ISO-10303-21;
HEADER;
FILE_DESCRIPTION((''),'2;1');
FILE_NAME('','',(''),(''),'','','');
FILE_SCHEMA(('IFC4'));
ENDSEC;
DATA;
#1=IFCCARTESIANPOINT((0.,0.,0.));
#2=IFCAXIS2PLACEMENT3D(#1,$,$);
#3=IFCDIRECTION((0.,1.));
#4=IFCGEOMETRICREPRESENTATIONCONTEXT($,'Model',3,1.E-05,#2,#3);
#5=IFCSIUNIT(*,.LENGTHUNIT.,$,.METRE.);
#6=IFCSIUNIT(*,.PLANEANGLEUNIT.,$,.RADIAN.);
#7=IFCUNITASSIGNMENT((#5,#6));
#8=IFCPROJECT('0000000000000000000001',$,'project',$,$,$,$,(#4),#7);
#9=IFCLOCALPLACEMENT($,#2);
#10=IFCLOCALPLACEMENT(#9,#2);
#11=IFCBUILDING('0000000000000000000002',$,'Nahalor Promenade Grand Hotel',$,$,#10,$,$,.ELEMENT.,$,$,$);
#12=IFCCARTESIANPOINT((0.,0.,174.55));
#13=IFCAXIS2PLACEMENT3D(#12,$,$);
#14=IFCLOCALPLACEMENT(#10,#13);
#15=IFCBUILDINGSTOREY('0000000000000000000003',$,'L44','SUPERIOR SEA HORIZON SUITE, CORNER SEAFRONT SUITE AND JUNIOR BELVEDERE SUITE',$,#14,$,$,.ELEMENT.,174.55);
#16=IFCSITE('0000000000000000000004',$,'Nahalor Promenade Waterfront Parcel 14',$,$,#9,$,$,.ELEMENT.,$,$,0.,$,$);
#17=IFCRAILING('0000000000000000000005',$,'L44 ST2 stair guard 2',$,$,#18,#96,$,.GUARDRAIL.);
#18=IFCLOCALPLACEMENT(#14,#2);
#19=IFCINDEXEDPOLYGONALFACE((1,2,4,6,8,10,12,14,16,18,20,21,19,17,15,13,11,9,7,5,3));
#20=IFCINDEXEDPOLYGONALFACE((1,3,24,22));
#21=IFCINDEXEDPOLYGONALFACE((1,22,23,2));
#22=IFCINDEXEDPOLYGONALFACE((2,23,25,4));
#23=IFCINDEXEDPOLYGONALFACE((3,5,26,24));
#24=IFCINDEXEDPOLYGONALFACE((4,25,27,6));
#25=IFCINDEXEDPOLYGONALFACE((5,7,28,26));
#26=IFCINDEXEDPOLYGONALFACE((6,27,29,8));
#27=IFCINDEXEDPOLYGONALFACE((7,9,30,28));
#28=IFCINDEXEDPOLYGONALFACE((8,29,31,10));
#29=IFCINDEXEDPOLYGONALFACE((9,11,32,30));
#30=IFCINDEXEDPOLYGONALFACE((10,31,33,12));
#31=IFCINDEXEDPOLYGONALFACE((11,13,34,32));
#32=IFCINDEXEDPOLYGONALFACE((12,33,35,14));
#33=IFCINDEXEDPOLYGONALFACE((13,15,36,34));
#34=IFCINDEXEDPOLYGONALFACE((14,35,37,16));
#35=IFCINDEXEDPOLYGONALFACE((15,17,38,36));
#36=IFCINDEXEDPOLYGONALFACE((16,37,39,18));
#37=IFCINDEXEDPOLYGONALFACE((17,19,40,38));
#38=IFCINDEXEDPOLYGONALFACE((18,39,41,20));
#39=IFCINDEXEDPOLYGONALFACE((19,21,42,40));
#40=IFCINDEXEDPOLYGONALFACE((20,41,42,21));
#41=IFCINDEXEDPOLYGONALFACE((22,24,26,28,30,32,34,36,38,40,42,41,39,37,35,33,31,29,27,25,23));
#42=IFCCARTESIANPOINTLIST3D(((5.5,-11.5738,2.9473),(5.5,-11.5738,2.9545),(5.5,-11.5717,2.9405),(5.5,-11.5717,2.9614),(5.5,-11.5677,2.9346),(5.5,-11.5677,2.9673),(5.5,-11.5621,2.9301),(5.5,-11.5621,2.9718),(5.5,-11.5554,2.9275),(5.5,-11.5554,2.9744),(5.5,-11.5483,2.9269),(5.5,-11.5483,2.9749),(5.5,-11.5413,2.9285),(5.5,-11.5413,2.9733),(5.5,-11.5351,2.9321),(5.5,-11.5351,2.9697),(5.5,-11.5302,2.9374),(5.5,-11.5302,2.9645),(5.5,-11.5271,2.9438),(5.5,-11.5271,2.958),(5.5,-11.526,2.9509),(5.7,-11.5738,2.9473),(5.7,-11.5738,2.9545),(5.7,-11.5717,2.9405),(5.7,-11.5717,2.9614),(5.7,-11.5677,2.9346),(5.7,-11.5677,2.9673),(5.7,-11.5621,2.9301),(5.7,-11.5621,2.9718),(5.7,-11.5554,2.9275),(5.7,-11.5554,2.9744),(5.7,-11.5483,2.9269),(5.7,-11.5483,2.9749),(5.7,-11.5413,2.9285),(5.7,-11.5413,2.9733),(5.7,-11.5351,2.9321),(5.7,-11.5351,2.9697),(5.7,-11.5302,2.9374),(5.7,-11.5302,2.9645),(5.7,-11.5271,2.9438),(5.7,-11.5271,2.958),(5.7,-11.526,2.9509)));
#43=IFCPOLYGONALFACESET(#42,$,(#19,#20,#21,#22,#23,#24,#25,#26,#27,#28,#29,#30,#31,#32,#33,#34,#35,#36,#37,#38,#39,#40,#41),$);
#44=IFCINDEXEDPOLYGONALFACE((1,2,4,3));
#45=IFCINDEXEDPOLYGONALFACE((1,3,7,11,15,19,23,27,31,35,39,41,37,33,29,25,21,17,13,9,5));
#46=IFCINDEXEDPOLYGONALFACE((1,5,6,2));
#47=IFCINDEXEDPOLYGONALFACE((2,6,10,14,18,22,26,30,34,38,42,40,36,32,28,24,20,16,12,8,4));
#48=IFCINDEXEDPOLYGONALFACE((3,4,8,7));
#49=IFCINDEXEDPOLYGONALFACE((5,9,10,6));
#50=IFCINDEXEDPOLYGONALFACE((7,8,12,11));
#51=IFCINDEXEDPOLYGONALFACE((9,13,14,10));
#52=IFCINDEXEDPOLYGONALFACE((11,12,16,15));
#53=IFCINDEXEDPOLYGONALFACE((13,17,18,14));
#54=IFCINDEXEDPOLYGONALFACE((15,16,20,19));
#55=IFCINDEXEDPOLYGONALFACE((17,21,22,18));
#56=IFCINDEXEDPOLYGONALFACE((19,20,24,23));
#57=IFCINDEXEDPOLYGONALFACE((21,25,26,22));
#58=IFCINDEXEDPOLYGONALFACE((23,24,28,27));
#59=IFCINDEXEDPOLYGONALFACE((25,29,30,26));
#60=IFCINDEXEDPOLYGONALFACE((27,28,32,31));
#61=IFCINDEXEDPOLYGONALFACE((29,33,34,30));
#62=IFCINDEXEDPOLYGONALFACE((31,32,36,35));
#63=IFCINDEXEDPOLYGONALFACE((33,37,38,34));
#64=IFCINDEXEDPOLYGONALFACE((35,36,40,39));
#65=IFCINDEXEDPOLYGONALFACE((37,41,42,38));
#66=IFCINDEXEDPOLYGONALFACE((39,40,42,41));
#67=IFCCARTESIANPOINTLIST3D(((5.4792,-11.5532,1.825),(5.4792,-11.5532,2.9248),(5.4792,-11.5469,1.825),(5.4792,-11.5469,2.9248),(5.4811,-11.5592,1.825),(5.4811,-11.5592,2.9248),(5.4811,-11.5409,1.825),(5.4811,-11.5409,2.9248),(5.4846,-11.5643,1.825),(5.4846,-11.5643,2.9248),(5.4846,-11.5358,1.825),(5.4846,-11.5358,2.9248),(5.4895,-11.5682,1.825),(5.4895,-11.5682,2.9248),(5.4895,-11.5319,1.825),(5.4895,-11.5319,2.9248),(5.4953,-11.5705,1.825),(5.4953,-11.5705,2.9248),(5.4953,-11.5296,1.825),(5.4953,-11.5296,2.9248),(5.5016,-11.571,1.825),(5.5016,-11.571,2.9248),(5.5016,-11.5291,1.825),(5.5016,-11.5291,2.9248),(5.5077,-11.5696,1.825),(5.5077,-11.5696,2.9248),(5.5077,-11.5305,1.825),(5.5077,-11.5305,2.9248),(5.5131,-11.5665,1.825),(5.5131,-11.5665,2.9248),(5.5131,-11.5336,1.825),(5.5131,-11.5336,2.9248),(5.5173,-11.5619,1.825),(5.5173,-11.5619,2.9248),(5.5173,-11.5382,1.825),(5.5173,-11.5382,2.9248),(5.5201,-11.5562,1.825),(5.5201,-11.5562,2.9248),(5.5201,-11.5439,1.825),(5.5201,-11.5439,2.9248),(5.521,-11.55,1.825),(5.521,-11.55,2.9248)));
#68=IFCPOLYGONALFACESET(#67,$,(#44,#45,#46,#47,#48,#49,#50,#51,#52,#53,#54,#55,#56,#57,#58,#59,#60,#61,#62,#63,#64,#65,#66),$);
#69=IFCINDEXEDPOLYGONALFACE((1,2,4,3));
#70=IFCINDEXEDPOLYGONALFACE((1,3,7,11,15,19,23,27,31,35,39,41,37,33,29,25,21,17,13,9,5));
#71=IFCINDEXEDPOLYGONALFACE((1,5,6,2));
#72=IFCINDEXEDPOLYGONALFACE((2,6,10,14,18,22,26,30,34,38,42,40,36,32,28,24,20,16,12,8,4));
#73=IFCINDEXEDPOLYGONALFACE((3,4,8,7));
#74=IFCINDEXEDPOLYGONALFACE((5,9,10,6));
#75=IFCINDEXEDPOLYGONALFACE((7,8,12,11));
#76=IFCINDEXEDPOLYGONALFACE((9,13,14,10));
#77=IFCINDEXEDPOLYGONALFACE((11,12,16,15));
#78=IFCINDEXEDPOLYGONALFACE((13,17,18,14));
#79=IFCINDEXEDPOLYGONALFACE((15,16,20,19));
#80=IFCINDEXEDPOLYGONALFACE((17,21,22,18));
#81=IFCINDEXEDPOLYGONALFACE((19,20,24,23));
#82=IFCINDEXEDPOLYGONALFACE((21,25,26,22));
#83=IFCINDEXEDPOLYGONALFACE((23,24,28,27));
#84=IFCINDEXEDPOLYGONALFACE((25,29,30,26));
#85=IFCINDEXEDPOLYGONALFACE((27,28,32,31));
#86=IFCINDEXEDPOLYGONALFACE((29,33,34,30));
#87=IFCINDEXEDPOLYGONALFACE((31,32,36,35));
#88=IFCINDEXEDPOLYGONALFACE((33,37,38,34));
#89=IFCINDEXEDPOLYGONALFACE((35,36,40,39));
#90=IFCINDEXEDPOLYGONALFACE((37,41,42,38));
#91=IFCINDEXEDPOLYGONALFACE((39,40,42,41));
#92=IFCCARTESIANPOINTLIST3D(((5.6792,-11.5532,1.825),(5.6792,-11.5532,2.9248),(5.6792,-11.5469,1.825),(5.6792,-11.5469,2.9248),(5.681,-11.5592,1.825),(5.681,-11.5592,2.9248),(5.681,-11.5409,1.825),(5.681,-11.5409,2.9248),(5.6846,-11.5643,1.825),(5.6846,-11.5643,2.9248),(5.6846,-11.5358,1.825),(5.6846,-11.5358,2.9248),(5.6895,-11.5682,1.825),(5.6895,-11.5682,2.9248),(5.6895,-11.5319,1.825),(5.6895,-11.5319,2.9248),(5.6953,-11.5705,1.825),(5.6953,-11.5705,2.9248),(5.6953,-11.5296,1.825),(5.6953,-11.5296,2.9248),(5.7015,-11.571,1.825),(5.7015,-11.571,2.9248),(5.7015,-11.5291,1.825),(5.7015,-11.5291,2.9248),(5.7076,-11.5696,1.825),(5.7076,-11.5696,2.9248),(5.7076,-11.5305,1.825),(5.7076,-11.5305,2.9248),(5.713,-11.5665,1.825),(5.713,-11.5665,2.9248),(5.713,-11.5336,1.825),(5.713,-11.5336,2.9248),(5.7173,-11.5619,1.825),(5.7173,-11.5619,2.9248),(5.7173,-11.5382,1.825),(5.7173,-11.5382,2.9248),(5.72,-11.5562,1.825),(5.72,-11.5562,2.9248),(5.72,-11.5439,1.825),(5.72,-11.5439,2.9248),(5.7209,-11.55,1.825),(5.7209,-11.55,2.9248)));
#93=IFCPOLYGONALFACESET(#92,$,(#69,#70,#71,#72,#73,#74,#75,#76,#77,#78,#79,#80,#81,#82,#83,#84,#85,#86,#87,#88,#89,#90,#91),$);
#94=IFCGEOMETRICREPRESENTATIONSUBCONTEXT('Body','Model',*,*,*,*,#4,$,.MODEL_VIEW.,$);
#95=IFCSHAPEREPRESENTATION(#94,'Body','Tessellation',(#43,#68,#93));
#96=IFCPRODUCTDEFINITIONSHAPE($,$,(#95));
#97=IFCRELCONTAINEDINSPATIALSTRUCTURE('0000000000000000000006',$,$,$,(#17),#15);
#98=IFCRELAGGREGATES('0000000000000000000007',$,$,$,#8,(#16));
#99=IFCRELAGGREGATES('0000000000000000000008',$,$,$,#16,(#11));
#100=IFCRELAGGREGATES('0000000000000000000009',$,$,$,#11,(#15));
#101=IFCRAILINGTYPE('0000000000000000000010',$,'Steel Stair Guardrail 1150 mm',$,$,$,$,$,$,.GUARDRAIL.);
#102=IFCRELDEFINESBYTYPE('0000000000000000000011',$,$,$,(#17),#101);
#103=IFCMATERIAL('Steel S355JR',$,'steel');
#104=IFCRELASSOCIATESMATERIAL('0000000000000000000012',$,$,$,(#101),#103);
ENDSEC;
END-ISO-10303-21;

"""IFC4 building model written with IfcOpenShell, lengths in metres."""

from ifc_helpers import new_model, si_unit, direction, frame, origin, origin_2d, place, context, subcontext, project, spatial, circle, extrude, material, type_object, element, save


model = new_model("IFC4")

# Units and contexts
model_context = context("Model", 3, precision=1e-05, world=origin(), true_north=direction((0.0, 1.0)))
body_context = subcontext(model_context, "Body", "Model", "MODEL_VIEW")
ifc_project = project(units=[si_unit("LENGTHUNIT", "METRE"), si_unit("PLANEANGLEUNIT", "RADIAN")], contexts=[model_context])

# Site, building, storey
site_placement = place(None, origin())
site = spatial("IfcSite", under=ifc_project, at=site_placement, Name="Nahalor Promenade Waterfront Parcel 14", CompositionType="ELEMENT", RefElevation=0.0)
building_placement = place(site_placement, origin())
building = spatial("IfcBuilding", under=site, at=building_placement, Name="Nahalor Promenade Grand Hotel", CompositionType="ELEMENT")
storey_placement = place(building_placement, frame((0.0, 0.0, 174.55)))
storey = spatial("IfcBuildingStorey", under=building, at=storey_placement, Name="L44", Description="SUPERIOR SEA HORIZON SUITE, CORNER SEAFRONT SUITE AND JUNIOR BELVEDERE SUITE", CompositionType="ELEMENT", Elevation=174.55)

# Shared definitions
ifc_material_1 = material(Name="Steel S355JR", Category="steel")

# Railing
railing_type_1 = type_object("IfcRailingType", Name="Steel Stair Guardrail 1150 mm", PredefinedType="GUARDRAIL", material=ifc_material_1)
railing_1_placement = place(storey_placement, frame((5.5, -11.55, 1.825)))
element("IfcRailing", 1, at=railing_1_placement, inside=storey, type_object=railing_type_1, Name="L44 ST2 stair guard 2", PredefinedType="GUARDRAIL", context=body_context, shape_type="SweptSolid", body=[
    extrude(circle(Radius=0.024, at=origin_2d()), frame((0.0, 0.0, 1.126), z_axis=(1.0, 0.0, 0.0), x_axis=(0.0, 1.0, 0.0)), (0.0, 0.0, 1.0), 0.2),
    extrude(circle(Radius=0.021, at=origin_2d()), origin(), (0.0, 0.0, 1.0), 1.0999),
    extrude(circle(Radius=0.021, at=origin_2d()), frame((0.2, 0.0, 0.0)), (0.0, 0.0, 1.0), 1.0999),
])

save(model, "model.ifc")
